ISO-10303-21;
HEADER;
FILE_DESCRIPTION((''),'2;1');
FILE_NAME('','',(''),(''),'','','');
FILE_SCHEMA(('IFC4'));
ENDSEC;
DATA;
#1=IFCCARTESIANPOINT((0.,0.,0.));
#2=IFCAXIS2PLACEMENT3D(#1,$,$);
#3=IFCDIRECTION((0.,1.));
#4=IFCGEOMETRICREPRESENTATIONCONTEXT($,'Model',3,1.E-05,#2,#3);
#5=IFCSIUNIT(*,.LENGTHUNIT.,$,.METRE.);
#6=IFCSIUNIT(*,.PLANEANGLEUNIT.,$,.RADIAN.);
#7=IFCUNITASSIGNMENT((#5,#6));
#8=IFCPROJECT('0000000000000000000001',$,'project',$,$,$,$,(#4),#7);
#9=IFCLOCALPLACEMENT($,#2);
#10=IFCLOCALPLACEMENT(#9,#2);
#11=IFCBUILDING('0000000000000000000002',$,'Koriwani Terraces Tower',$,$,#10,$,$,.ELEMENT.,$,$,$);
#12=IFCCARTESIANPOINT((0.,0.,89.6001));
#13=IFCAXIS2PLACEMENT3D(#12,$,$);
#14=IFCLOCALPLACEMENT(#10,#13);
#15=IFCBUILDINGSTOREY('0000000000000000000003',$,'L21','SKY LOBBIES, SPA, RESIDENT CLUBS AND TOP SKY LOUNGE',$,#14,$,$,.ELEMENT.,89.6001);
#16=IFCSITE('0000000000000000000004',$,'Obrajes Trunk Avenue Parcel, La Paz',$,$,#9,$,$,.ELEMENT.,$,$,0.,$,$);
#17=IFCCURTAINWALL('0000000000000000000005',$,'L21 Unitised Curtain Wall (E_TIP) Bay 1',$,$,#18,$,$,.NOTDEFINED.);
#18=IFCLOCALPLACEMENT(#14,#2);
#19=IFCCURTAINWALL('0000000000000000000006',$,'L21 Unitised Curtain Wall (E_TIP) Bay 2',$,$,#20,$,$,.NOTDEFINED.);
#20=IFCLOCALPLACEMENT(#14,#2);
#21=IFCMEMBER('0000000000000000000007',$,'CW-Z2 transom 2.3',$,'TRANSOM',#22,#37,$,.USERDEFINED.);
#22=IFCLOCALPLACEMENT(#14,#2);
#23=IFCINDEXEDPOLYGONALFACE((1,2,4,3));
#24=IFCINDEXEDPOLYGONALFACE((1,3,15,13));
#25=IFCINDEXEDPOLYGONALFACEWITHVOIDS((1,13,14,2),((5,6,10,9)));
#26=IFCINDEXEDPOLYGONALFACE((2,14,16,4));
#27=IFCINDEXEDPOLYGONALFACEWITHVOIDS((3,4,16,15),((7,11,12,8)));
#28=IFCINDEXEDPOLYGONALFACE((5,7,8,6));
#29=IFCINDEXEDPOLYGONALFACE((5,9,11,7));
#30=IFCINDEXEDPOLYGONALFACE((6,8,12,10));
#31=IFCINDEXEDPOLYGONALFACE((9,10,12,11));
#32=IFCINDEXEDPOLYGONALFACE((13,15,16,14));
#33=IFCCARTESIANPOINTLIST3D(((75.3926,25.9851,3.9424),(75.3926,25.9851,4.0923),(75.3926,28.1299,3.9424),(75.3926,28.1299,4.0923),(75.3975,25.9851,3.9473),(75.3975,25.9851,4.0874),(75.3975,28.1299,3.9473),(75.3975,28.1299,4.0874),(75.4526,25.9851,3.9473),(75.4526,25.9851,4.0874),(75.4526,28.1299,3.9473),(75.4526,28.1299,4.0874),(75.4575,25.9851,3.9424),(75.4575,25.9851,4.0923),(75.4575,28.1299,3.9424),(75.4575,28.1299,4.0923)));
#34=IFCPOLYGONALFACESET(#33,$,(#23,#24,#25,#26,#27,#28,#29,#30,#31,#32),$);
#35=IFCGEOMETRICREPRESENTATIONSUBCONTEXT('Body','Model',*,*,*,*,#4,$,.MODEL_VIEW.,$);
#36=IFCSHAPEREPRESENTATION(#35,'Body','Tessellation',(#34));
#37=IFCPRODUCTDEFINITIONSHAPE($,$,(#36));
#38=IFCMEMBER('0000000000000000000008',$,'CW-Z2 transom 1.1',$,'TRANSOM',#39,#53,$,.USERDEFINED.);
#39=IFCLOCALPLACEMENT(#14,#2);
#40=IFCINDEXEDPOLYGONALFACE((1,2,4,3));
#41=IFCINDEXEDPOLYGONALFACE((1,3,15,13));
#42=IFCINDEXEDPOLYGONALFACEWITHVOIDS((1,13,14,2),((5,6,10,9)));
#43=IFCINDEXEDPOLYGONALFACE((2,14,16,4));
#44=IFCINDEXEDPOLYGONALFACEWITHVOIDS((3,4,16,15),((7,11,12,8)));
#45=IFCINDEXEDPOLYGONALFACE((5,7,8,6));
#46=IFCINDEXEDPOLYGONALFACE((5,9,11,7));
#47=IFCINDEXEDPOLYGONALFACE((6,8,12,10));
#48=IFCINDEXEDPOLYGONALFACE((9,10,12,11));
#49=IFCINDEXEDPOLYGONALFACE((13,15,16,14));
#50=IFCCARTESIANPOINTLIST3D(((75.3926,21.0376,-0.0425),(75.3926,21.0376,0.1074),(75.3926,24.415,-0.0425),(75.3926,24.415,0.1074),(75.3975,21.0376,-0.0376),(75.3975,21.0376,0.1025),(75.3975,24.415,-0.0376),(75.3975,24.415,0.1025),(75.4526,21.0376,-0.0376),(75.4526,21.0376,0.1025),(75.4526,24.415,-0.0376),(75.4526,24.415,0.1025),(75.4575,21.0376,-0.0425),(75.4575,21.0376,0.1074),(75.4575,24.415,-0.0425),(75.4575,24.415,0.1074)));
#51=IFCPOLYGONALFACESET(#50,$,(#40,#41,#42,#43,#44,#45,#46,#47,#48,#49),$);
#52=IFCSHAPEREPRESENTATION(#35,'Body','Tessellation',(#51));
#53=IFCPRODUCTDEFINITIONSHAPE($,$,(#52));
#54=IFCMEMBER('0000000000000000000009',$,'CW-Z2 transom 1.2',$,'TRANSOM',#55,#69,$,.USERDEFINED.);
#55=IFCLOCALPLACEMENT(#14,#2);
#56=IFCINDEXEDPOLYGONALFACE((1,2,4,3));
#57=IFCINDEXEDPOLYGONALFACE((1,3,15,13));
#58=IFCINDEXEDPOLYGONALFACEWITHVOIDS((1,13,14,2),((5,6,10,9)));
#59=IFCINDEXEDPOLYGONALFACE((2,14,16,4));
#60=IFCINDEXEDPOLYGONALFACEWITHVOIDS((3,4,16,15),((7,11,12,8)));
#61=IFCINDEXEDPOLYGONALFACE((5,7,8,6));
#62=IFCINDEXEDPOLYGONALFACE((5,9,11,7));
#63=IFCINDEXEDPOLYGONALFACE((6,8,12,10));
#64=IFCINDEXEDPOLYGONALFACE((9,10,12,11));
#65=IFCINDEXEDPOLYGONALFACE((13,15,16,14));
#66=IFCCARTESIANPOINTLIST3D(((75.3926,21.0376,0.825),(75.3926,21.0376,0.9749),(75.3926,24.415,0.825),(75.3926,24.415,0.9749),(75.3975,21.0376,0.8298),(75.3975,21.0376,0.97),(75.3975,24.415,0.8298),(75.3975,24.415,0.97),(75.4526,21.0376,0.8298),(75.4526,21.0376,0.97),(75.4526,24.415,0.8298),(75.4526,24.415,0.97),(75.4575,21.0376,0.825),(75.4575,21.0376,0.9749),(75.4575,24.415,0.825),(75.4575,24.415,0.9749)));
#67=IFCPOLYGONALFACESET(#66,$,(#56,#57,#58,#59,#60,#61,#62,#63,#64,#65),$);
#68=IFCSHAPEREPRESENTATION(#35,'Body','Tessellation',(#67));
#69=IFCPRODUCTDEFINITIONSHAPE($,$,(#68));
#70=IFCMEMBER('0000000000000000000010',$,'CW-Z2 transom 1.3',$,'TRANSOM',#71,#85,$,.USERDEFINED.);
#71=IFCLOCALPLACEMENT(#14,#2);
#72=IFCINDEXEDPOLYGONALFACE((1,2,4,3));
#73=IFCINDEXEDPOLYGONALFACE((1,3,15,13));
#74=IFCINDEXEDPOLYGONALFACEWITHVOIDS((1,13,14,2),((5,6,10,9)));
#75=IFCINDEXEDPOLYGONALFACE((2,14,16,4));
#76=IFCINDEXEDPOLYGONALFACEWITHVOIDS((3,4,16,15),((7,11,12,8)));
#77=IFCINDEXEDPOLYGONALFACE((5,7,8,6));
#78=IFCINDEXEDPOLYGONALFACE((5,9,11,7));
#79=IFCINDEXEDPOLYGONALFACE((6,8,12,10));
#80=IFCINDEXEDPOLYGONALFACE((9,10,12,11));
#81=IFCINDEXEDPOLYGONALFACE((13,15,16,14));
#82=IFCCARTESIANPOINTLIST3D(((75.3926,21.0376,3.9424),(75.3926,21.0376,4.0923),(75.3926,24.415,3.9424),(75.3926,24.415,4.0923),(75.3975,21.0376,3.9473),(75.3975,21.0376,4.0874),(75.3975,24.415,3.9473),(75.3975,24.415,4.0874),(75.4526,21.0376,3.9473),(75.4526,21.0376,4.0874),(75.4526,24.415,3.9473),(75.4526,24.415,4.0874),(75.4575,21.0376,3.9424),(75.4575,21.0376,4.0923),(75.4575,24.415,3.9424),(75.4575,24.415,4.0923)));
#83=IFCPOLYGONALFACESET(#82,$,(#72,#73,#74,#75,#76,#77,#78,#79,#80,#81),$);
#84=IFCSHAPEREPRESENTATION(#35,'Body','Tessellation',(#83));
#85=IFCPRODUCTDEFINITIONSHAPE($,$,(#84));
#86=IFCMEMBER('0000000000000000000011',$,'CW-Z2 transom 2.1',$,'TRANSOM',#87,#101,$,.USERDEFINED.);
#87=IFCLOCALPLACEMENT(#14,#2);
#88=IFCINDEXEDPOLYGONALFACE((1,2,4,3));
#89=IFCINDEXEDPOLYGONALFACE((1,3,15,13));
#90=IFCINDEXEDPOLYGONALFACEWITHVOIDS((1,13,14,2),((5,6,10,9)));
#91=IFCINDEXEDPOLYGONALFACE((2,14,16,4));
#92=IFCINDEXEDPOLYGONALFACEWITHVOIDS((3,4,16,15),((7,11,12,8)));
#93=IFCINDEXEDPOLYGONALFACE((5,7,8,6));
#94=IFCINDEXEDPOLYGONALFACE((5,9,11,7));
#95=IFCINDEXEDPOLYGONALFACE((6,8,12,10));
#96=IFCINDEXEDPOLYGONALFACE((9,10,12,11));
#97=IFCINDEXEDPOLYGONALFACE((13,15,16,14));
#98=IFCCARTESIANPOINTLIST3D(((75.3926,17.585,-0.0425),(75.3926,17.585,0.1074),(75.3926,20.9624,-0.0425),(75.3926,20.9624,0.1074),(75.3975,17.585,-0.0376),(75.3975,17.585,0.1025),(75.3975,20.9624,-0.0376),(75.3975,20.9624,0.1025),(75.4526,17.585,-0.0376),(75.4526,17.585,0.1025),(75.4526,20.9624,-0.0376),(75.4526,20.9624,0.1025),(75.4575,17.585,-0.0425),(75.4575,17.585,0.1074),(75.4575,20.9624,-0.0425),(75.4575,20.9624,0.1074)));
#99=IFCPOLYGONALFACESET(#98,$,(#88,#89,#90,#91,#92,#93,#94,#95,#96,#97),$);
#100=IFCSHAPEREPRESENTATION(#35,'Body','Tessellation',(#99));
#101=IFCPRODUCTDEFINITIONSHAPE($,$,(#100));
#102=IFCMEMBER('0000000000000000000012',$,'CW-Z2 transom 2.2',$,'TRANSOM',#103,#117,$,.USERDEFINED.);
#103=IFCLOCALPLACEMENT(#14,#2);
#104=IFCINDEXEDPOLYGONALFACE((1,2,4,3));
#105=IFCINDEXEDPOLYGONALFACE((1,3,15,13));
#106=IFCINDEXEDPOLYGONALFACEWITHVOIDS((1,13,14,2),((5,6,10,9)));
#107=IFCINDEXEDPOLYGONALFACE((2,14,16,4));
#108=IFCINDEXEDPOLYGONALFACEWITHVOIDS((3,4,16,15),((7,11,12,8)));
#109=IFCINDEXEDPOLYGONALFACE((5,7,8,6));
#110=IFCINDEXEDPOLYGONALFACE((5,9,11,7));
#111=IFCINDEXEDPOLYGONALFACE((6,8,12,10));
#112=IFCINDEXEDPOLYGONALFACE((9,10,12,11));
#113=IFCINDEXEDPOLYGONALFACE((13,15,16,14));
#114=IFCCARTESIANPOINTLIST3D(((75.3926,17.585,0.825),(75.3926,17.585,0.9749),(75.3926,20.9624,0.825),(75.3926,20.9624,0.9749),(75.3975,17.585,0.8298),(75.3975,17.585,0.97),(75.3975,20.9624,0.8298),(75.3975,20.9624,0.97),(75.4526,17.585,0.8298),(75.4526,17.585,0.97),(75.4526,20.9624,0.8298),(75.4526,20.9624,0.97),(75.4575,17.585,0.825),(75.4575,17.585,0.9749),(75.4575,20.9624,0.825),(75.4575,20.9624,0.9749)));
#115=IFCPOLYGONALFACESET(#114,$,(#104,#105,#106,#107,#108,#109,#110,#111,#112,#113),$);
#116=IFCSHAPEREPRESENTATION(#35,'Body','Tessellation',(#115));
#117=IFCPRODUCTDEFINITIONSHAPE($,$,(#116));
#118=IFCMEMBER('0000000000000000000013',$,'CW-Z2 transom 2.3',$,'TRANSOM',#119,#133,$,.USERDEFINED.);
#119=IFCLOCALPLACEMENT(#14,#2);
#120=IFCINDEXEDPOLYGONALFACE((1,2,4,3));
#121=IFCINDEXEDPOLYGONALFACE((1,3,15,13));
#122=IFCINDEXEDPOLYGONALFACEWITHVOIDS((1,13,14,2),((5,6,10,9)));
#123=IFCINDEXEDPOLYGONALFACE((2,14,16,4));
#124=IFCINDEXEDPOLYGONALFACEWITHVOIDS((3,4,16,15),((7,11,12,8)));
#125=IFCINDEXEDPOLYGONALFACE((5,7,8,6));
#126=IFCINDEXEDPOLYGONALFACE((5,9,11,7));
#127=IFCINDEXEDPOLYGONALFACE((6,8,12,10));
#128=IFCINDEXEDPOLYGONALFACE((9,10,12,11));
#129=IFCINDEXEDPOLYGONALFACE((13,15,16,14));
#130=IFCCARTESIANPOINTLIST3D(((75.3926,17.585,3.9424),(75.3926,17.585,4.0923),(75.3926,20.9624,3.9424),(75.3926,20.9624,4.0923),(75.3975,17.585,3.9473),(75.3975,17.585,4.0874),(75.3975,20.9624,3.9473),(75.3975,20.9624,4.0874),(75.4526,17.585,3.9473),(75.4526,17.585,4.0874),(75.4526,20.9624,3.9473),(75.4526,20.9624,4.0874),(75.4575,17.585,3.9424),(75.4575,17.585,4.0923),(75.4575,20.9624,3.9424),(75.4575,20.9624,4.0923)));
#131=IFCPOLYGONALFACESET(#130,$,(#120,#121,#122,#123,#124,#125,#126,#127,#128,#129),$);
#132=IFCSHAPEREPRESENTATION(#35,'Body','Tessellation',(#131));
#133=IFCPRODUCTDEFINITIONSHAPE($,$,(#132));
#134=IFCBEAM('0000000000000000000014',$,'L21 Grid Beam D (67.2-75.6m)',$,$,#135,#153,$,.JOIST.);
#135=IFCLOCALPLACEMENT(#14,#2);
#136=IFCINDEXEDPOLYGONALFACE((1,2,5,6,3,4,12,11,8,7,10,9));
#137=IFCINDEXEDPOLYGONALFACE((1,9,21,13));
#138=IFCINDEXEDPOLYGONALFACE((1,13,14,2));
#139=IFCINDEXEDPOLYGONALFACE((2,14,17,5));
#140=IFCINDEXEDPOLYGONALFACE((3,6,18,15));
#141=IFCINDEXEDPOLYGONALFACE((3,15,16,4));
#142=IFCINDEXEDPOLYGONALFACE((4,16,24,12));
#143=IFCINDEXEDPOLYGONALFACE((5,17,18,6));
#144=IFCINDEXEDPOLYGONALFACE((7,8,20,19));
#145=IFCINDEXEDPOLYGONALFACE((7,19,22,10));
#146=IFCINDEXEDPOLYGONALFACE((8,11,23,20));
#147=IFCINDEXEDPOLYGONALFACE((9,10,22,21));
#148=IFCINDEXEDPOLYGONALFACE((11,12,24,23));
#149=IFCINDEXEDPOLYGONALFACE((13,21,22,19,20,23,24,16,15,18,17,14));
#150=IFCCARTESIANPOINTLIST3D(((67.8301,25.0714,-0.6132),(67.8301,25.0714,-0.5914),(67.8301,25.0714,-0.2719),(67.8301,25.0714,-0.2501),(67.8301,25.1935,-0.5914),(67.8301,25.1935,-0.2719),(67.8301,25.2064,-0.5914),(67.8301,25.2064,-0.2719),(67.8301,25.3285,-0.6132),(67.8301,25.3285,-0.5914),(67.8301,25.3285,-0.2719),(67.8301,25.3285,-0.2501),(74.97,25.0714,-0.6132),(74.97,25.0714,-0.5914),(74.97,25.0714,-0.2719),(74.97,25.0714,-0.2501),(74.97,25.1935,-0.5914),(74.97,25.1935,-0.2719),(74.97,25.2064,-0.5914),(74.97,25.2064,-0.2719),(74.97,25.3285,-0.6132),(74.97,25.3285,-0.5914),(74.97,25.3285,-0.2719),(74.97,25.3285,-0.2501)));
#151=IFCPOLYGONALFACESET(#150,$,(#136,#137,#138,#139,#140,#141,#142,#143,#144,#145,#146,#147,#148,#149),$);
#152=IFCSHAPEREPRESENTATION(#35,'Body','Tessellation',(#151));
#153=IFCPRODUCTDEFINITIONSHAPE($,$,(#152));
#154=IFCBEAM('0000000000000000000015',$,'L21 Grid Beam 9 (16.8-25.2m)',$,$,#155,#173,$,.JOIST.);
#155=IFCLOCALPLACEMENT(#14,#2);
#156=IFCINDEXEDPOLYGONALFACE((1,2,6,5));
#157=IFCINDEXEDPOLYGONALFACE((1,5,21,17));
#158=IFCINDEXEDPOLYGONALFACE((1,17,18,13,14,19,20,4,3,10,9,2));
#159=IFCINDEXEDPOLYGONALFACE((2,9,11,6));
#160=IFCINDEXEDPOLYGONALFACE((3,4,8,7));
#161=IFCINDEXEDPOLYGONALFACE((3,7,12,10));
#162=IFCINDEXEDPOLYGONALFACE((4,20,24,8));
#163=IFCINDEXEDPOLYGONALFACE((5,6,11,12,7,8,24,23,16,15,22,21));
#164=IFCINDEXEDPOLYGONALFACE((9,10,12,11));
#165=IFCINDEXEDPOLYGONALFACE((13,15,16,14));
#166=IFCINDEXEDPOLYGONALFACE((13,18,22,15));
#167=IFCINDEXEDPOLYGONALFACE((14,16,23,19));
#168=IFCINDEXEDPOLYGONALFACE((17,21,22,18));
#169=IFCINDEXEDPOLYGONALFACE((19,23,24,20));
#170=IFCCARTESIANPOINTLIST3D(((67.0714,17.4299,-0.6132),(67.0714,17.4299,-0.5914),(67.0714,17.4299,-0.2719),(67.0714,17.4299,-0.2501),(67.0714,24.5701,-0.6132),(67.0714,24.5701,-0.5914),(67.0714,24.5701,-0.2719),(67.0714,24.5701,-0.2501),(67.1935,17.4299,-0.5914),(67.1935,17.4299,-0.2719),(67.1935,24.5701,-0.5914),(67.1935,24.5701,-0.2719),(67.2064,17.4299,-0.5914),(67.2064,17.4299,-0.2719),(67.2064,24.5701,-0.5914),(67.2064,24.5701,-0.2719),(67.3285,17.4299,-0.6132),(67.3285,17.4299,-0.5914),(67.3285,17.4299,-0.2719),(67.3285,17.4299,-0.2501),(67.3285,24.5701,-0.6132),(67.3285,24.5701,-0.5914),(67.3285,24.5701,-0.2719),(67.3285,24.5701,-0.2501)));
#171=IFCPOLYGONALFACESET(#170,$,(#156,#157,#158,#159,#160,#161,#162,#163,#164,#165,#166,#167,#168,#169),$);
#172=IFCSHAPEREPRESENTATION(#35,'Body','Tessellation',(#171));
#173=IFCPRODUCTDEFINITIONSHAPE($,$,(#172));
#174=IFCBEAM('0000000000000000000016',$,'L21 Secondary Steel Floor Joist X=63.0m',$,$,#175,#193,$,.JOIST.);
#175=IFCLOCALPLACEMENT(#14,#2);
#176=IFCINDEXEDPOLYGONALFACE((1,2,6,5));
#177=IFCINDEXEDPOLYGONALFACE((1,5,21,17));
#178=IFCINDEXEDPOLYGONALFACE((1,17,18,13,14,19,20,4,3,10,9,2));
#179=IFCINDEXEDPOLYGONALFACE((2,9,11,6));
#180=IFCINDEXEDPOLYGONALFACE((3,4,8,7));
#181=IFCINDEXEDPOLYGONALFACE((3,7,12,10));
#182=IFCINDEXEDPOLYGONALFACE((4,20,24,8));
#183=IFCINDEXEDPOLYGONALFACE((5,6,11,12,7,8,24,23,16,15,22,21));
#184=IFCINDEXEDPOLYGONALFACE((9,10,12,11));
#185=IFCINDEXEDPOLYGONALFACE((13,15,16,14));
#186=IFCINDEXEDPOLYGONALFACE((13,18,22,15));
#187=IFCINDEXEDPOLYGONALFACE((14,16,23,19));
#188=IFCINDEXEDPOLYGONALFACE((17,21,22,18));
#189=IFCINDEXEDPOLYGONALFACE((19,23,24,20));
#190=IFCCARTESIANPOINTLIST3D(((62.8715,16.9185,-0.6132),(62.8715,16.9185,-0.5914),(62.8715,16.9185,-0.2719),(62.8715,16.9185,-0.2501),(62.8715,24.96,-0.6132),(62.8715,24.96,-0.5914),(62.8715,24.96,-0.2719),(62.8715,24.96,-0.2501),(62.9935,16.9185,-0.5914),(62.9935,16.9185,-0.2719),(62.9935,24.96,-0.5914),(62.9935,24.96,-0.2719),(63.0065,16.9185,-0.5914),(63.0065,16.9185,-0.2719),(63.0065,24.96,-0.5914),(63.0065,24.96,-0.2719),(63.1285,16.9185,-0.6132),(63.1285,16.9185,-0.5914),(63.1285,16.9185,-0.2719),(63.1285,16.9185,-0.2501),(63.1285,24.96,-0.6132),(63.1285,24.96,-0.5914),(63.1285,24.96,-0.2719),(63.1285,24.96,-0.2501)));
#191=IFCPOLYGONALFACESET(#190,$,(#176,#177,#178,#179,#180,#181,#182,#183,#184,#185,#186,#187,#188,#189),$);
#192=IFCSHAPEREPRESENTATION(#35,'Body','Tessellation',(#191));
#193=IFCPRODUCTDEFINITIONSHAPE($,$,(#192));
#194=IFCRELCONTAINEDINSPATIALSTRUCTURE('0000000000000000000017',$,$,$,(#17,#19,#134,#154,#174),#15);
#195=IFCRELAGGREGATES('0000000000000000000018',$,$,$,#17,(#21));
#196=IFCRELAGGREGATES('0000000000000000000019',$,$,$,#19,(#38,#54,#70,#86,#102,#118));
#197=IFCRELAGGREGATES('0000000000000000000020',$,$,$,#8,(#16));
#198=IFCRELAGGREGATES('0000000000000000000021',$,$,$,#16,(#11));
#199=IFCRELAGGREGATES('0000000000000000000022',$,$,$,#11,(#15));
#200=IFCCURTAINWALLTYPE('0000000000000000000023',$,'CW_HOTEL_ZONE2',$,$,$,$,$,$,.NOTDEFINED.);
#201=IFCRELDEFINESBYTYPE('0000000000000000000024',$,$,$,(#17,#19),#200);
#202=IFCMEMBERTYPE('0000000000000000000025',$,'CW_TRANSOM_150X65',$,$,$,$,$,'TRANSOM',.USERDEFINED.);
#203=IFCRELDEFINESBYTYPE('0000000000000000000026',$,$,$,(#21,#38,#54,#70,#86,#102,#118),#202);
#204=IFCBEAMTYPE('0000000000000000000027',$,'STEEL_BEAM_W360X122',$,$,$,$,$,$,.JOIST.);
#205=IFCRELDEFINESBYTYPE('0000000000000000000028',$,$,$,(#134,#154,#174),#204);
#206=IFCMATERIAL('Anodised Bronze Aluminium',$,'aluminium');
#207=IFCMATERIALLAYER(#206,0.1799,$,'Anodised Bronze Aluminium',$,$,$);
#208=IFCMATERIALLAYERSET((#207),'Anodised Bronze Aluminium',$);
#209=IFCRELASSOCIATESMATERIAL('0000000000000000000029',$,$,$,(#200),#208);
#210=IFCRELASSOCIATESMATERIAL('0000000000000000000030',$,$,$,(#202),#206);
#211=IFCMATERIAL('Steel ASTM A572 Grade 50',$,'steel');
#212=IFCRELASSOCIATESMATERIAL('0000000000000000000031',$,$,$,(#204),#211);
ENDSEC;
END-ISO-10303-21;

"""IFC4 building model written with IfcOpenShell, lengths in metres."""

from ifc_helpers import new_model, si_unit, direction, frame, origin, origin_2d, place, context, subcontext, project, spatial, hollow_rectangle, i_section, extrude, material, layer, layer_set, material_profile, profile_set, type_object, element, aggregate, save


model = new_model("IFC4")

# Units and contexts
model_context = context("Model", 3, precision=1e-05, world=origin(), true_north=direction((0.0, 1.0)))
body_context = subcontext(model_context, "Body", "Model", "MODEL_VIEW")
ifc_project = project(units=[si_unit("LENGTHUNIT", "METRE"), si_unit("PLANEANGLEUNIT", "RADIAN")], contexts=[model_context])

# Site, building, storey
site_placement = place(None, origin())
site = spatial("IfcSite", under=ifc_project, at=site_placement, Name="Obrajes Trunk Avenue Parcel, La Paz", CompositionType="ELEMENT", RefElevation=0.0)
building_placement = place(site_placement, origin())
building = spatial("IfcBuilding", under=site, at=building_placement, Name="Koriwani Terraces Tower", CompositionType="ELEMENT")
storey_placement = place(building_placement, frame((0.0, 0.0, 89.6001)))
storey = spatial("IfcBuildingStorey", under=building, at=storey_placement, Name="L21", Description="SKY LOBBIES, SPA, RESIDENT CLUBS AND TOP SKY LOUNGE", CompositionType="ELEMENT", Elevation=89.6001)

# Curtain walls
ifc_material_1 = material(Name="Anodised Bronze Aluminium", Category="aluminium")
ifc_layer_1 = layer(ifc_material_1, 0.1799, Name="Anodised Bronze Aluminium")
ifc_layer_set_1 = layer_set([ifc_layer_1], Name="Anodised Bronze Aluminium")
curtain_wall_type = type_object("IfcCurtainWallType", Name="CW_HOTEL_ZONE2", PredefinedType="NOTDEFINED", material=ifc_layer_set_1)
curtain_wall_1_placement = place(storey_placement, origin())
curtain_wall_1 = element("IfcCurtainWall", 1, at=curtain_wall_1_placement, inside=storey, type_object=curtain_wall_type, Name="L21 Unitised Curtain Wall (E_TIP) Bay 1", PredefinedType="NOTDEFINED")
curtain_wall_2_placement = place(storey_placement, origin())
curtain_wall_2 = element("IfcCurtainWall", 2, at=curtain_wall_2_placement, inside=storey, type_object=curtain_wall_type, Name="L21 Unitised Curtain Wall (E_TIP) Bay 2", PredefinedType="NOTDEFINED")

# Members
ifc_material_profile_1 = material_profile(ifc_material_1, hollow_rectangle(XDim=0.0649, YDim=0.1499, WallThickness=0.0049, at=origin_2d()), Name="Anodised Bronze Aluminium", Category="LoadBearing")
ifc_profile_set_1 = profile_set([ifc_material_profile_1], Name="Anodised Bronze Aluminium")
member_type_1 = type_object("IfcMemberType", Name="CW_TRANSOM_150X65", ElementType="TRANSOM", PredefinedType="USERDEFINED", material=ifc_profile_set_1)
member_1_placement = place(storey_placement, frame((75.425, 28.1299, 4.0173), z_axis=(0.0, -1.0, 0.0), x_axis=(1.0, 0.0, 0.0)))
member_1 = element("IfcMember", 3, at=member_1_placement, type_object=member_type_1, Name="CW-Z2 transom 2.3", ObjectType="TRANSOM", PredefinedType="USERDEFINED", context=body_context, shape_type="SweptSolid", body=[
    extrude(hollow_rectangle(XDim=0.0649, YDim=0.1499, WallThickness=0.0049, at=origin_2d()), origin(), (0.0, 0.0, 1.0), 2.1448),
])
member_2_placement = place(storey_placement, frame((75.425, 24.415, 0.0325), z_axis=(0.0, -1.0, 0.0), x_axis=(1.0, 0.0, 0.0)))
member_2 = element("IfcMember", 4, at=member_2_placement, type_object=member_type_1, Name="CW-Z2 transom 1.1", ObjectType="TRANSOM", PredefinedType="USERDEFINED", context=body_context, shape_type="SweptSolid", body=[
    extrude(hollow_rectangle(XDim=0.0649, YDim=0.1499, WallThickness=0.0049, at=origin_2d()), origin(), (0.0, 0.0, 1.0), 3.3774),
])
member_3_placement = place(storey_placement, frame((75.425, 24.415, 0.8999), z_axis=(0.0, -1.0, 0.0), x_axis=(1.0, 0.0, 0.0)))
member_3 = element("IfcMember", 5, at=member_3_placement, type_object=member_type_1, Name="CW-Z2 transom 1.2", ObjectType="TRANSOM", PredefinedType="USERDEFINED", context=body_context, shape_type="SweptSolid", body=[
    extrude(hollow_rectangle(XDim=0.0649, YDim=0.1499, WallThickness=0.0049, at=origin_2d()), origin(), (0.0, 0.0, 1.0), 3.3774),
])
member_4_placement = place(storey_placement, frame((75.425, 24.415, 4.0173), z_axis=(0.0, -1.0, 0.0), x_axis=(1.0, 0.0, 0.0)))
member_4 = element("IfcMember", 6, at=member_4_placement, type_object=member_type_1, Name="CW-Z2 transom 1.3", ObjectType="TRANSOM", PredefinedType="USERDEFINED", context=body_context, shape_type="SweptSolid", body=[
    extrude(hollow_rectangle(XDim=0.0649, YDim=0.1499, WallThickness=0.0049, at=origin_2d()), origin(), (0.0, 0.0, 1.0), 3.3774),
])
member_5_placement = place(storey_placement, frame((75.425, 20.9624, 0.0325), z_axis=(0.0, -1.0, 0.0), x_axis=(1.0, 0.0, 0.0)))
member_5 = element("IfcMember", 7, at=member_5_placement, type_object=member_type_1, Name="CW-Z2 transom 2.1", ObjectType="TRANSOM", PredefinedType="USERDEFINED", context=body_context, shape_type="SweptSolid", body=[
    extrude(hollow_rectangle(XDim=0.0649, YDim=0.1499, WallThickness=0.0049, at=origin_2d()), origin(), (0.0, 0.0, 1.0), 3.3774),
])
member_6_placement = place(storey_placement, frame((75.425, 20.9624, 0.8999), z_axis=(0.0, -1.0, 0.0), x_axis=(1.0, 0.0, 0.0)))
member_6 = element("IfcMember", 8, at=member_6_placement, type_object=member_type_1, Name="CW-Z2 transom 2.2", ObjectType="TRANSOM", PredefinedType="USERDEFINED", context=body_context, shape_type="SweptSolid", body=[
    extrude(hollow_rectangle(XDim=0.0649, YDim=0.1499, WallThickness=0.0049, at=origin_2d()), origin(), (0.0, 0.0, 1.0), 3.3774),
])
member_7_placement = place(storey_placement, frame((75.425, 20.9624, 4.0173), z_axis=(0.0, -1.0, 0.0), x_axis=(1.0, 0.0, 0.0)))
member_7 = element("IfcMember", 9, at=member_7_placement, type_object=member_type_1, Name="CW-Z2 transom 2.3", ObjectType="TRANSOM", PredefinedType="USERDEFINED", context=body_context, shape_type="SweptSolid", body=[
    extrude(hollow_rectangle(XDim=0.0649, YDim=0.1499, WallThickness=0.0049, at=origin_2d()), origin(), (0.0, 0.0, 1.0), 3.3774),
])

# Beams
ifc_material_2 = material(Name="Steel ASTM A572 Grade 50", Category="steel")
ifc_material_profile_2 = material_profile(ifc_material_2, i_section(OverallWidth=0.2571, OverallDepth=0.363, WebThickness=0.0129, FlangeThickness=0.0217, at=origin_2d()), Name="Steel ASTM A572 Grade 50", Category="LoadBearing")
ifc_profile_set_2 = profile_set([ifc_material_profile_2], Name="Steel ASTM A572 Grade 50")
beam_type_1 = type_object("IfcBeamType", Name="STEEL_BEAM_W360X122", PredefinedType="JOIST", material=ifc_profile_set_2)
beam_1_placement = place(storey_placement, frame((67.8301, 25.2, -0.4316), z_axis=(1.0, 0.0, 0.0), x_axis=(0.0, 1.0, 0.0)))
element("IfcBeam", 10, at=beam_1_placement, inside=storey, type_object=beam_type_1, Name="L21 Grid Beam D (67.2-75.6m)", PredefinedType="JOIST", context=body_context, shape_type="SweptSolid", body=[
    extrude(i_section(OverallWidth=0.2571, OverallDepth=0.363, WebThickness=0.0129, FlangeThickness=0.0217, at=origin_2d()), origin(), (0.0, 0.0, 1.0), 7.1399),
])
beam_2_placement = place(storey_placement, frame((67.2, 17.4299, -0.4316), z_axis=(0.0, 1.0, 0.0), x_axis=(-1.0, 0.0, 0.0)))
element("IfcBeam", 11, at=beam_2_placement, inside=storey, type_object=beam_type_1, Name="L21 Grid Beam 9 (16.8-25.2m)", PredefinedType="JOIST", context=body_context, shape_type="SweptSolid", body=[
    extrude(i_section(OverallWidth=0.2571, OverallDepth=0.363, WebThickness=0.0129, FlangeThickness=0.0217, at=origin_2d()), origin(), (0.0, 0.0, 1.0), 7.1401),
])
beam_3_placement = place(storey_placement, frame((63.0, 16.9185, -0.4316), z_axis=(0.0, 1.0, 0.0), x_axis=(-1.0, 0.0, 0.0)))
element("IfcBeam", 12, at=beam_3_placement, inside=storey, type_object=beam_type_1, Name="L21 Secondary Steel Floor Joist X=63.0m", PredefinedType="JOIST", context=body_context, shape_type="SweptSolid", body=[
    extrude(i_section(OverallWidth=0.2571, OverallDepth=0.363, WebThickness=0.0129, FlangeThickness=0.0217, at=origin_2d()), origin(), (0.0, 0.0, 1.0), 8.0415),
])

aggregate(curtain_wall_1, [member_1])
aggregate(curtain_wall_2, [member_2, member_3, member_4, member_5, member_6, member_7])

save(model, "model.ifc")
